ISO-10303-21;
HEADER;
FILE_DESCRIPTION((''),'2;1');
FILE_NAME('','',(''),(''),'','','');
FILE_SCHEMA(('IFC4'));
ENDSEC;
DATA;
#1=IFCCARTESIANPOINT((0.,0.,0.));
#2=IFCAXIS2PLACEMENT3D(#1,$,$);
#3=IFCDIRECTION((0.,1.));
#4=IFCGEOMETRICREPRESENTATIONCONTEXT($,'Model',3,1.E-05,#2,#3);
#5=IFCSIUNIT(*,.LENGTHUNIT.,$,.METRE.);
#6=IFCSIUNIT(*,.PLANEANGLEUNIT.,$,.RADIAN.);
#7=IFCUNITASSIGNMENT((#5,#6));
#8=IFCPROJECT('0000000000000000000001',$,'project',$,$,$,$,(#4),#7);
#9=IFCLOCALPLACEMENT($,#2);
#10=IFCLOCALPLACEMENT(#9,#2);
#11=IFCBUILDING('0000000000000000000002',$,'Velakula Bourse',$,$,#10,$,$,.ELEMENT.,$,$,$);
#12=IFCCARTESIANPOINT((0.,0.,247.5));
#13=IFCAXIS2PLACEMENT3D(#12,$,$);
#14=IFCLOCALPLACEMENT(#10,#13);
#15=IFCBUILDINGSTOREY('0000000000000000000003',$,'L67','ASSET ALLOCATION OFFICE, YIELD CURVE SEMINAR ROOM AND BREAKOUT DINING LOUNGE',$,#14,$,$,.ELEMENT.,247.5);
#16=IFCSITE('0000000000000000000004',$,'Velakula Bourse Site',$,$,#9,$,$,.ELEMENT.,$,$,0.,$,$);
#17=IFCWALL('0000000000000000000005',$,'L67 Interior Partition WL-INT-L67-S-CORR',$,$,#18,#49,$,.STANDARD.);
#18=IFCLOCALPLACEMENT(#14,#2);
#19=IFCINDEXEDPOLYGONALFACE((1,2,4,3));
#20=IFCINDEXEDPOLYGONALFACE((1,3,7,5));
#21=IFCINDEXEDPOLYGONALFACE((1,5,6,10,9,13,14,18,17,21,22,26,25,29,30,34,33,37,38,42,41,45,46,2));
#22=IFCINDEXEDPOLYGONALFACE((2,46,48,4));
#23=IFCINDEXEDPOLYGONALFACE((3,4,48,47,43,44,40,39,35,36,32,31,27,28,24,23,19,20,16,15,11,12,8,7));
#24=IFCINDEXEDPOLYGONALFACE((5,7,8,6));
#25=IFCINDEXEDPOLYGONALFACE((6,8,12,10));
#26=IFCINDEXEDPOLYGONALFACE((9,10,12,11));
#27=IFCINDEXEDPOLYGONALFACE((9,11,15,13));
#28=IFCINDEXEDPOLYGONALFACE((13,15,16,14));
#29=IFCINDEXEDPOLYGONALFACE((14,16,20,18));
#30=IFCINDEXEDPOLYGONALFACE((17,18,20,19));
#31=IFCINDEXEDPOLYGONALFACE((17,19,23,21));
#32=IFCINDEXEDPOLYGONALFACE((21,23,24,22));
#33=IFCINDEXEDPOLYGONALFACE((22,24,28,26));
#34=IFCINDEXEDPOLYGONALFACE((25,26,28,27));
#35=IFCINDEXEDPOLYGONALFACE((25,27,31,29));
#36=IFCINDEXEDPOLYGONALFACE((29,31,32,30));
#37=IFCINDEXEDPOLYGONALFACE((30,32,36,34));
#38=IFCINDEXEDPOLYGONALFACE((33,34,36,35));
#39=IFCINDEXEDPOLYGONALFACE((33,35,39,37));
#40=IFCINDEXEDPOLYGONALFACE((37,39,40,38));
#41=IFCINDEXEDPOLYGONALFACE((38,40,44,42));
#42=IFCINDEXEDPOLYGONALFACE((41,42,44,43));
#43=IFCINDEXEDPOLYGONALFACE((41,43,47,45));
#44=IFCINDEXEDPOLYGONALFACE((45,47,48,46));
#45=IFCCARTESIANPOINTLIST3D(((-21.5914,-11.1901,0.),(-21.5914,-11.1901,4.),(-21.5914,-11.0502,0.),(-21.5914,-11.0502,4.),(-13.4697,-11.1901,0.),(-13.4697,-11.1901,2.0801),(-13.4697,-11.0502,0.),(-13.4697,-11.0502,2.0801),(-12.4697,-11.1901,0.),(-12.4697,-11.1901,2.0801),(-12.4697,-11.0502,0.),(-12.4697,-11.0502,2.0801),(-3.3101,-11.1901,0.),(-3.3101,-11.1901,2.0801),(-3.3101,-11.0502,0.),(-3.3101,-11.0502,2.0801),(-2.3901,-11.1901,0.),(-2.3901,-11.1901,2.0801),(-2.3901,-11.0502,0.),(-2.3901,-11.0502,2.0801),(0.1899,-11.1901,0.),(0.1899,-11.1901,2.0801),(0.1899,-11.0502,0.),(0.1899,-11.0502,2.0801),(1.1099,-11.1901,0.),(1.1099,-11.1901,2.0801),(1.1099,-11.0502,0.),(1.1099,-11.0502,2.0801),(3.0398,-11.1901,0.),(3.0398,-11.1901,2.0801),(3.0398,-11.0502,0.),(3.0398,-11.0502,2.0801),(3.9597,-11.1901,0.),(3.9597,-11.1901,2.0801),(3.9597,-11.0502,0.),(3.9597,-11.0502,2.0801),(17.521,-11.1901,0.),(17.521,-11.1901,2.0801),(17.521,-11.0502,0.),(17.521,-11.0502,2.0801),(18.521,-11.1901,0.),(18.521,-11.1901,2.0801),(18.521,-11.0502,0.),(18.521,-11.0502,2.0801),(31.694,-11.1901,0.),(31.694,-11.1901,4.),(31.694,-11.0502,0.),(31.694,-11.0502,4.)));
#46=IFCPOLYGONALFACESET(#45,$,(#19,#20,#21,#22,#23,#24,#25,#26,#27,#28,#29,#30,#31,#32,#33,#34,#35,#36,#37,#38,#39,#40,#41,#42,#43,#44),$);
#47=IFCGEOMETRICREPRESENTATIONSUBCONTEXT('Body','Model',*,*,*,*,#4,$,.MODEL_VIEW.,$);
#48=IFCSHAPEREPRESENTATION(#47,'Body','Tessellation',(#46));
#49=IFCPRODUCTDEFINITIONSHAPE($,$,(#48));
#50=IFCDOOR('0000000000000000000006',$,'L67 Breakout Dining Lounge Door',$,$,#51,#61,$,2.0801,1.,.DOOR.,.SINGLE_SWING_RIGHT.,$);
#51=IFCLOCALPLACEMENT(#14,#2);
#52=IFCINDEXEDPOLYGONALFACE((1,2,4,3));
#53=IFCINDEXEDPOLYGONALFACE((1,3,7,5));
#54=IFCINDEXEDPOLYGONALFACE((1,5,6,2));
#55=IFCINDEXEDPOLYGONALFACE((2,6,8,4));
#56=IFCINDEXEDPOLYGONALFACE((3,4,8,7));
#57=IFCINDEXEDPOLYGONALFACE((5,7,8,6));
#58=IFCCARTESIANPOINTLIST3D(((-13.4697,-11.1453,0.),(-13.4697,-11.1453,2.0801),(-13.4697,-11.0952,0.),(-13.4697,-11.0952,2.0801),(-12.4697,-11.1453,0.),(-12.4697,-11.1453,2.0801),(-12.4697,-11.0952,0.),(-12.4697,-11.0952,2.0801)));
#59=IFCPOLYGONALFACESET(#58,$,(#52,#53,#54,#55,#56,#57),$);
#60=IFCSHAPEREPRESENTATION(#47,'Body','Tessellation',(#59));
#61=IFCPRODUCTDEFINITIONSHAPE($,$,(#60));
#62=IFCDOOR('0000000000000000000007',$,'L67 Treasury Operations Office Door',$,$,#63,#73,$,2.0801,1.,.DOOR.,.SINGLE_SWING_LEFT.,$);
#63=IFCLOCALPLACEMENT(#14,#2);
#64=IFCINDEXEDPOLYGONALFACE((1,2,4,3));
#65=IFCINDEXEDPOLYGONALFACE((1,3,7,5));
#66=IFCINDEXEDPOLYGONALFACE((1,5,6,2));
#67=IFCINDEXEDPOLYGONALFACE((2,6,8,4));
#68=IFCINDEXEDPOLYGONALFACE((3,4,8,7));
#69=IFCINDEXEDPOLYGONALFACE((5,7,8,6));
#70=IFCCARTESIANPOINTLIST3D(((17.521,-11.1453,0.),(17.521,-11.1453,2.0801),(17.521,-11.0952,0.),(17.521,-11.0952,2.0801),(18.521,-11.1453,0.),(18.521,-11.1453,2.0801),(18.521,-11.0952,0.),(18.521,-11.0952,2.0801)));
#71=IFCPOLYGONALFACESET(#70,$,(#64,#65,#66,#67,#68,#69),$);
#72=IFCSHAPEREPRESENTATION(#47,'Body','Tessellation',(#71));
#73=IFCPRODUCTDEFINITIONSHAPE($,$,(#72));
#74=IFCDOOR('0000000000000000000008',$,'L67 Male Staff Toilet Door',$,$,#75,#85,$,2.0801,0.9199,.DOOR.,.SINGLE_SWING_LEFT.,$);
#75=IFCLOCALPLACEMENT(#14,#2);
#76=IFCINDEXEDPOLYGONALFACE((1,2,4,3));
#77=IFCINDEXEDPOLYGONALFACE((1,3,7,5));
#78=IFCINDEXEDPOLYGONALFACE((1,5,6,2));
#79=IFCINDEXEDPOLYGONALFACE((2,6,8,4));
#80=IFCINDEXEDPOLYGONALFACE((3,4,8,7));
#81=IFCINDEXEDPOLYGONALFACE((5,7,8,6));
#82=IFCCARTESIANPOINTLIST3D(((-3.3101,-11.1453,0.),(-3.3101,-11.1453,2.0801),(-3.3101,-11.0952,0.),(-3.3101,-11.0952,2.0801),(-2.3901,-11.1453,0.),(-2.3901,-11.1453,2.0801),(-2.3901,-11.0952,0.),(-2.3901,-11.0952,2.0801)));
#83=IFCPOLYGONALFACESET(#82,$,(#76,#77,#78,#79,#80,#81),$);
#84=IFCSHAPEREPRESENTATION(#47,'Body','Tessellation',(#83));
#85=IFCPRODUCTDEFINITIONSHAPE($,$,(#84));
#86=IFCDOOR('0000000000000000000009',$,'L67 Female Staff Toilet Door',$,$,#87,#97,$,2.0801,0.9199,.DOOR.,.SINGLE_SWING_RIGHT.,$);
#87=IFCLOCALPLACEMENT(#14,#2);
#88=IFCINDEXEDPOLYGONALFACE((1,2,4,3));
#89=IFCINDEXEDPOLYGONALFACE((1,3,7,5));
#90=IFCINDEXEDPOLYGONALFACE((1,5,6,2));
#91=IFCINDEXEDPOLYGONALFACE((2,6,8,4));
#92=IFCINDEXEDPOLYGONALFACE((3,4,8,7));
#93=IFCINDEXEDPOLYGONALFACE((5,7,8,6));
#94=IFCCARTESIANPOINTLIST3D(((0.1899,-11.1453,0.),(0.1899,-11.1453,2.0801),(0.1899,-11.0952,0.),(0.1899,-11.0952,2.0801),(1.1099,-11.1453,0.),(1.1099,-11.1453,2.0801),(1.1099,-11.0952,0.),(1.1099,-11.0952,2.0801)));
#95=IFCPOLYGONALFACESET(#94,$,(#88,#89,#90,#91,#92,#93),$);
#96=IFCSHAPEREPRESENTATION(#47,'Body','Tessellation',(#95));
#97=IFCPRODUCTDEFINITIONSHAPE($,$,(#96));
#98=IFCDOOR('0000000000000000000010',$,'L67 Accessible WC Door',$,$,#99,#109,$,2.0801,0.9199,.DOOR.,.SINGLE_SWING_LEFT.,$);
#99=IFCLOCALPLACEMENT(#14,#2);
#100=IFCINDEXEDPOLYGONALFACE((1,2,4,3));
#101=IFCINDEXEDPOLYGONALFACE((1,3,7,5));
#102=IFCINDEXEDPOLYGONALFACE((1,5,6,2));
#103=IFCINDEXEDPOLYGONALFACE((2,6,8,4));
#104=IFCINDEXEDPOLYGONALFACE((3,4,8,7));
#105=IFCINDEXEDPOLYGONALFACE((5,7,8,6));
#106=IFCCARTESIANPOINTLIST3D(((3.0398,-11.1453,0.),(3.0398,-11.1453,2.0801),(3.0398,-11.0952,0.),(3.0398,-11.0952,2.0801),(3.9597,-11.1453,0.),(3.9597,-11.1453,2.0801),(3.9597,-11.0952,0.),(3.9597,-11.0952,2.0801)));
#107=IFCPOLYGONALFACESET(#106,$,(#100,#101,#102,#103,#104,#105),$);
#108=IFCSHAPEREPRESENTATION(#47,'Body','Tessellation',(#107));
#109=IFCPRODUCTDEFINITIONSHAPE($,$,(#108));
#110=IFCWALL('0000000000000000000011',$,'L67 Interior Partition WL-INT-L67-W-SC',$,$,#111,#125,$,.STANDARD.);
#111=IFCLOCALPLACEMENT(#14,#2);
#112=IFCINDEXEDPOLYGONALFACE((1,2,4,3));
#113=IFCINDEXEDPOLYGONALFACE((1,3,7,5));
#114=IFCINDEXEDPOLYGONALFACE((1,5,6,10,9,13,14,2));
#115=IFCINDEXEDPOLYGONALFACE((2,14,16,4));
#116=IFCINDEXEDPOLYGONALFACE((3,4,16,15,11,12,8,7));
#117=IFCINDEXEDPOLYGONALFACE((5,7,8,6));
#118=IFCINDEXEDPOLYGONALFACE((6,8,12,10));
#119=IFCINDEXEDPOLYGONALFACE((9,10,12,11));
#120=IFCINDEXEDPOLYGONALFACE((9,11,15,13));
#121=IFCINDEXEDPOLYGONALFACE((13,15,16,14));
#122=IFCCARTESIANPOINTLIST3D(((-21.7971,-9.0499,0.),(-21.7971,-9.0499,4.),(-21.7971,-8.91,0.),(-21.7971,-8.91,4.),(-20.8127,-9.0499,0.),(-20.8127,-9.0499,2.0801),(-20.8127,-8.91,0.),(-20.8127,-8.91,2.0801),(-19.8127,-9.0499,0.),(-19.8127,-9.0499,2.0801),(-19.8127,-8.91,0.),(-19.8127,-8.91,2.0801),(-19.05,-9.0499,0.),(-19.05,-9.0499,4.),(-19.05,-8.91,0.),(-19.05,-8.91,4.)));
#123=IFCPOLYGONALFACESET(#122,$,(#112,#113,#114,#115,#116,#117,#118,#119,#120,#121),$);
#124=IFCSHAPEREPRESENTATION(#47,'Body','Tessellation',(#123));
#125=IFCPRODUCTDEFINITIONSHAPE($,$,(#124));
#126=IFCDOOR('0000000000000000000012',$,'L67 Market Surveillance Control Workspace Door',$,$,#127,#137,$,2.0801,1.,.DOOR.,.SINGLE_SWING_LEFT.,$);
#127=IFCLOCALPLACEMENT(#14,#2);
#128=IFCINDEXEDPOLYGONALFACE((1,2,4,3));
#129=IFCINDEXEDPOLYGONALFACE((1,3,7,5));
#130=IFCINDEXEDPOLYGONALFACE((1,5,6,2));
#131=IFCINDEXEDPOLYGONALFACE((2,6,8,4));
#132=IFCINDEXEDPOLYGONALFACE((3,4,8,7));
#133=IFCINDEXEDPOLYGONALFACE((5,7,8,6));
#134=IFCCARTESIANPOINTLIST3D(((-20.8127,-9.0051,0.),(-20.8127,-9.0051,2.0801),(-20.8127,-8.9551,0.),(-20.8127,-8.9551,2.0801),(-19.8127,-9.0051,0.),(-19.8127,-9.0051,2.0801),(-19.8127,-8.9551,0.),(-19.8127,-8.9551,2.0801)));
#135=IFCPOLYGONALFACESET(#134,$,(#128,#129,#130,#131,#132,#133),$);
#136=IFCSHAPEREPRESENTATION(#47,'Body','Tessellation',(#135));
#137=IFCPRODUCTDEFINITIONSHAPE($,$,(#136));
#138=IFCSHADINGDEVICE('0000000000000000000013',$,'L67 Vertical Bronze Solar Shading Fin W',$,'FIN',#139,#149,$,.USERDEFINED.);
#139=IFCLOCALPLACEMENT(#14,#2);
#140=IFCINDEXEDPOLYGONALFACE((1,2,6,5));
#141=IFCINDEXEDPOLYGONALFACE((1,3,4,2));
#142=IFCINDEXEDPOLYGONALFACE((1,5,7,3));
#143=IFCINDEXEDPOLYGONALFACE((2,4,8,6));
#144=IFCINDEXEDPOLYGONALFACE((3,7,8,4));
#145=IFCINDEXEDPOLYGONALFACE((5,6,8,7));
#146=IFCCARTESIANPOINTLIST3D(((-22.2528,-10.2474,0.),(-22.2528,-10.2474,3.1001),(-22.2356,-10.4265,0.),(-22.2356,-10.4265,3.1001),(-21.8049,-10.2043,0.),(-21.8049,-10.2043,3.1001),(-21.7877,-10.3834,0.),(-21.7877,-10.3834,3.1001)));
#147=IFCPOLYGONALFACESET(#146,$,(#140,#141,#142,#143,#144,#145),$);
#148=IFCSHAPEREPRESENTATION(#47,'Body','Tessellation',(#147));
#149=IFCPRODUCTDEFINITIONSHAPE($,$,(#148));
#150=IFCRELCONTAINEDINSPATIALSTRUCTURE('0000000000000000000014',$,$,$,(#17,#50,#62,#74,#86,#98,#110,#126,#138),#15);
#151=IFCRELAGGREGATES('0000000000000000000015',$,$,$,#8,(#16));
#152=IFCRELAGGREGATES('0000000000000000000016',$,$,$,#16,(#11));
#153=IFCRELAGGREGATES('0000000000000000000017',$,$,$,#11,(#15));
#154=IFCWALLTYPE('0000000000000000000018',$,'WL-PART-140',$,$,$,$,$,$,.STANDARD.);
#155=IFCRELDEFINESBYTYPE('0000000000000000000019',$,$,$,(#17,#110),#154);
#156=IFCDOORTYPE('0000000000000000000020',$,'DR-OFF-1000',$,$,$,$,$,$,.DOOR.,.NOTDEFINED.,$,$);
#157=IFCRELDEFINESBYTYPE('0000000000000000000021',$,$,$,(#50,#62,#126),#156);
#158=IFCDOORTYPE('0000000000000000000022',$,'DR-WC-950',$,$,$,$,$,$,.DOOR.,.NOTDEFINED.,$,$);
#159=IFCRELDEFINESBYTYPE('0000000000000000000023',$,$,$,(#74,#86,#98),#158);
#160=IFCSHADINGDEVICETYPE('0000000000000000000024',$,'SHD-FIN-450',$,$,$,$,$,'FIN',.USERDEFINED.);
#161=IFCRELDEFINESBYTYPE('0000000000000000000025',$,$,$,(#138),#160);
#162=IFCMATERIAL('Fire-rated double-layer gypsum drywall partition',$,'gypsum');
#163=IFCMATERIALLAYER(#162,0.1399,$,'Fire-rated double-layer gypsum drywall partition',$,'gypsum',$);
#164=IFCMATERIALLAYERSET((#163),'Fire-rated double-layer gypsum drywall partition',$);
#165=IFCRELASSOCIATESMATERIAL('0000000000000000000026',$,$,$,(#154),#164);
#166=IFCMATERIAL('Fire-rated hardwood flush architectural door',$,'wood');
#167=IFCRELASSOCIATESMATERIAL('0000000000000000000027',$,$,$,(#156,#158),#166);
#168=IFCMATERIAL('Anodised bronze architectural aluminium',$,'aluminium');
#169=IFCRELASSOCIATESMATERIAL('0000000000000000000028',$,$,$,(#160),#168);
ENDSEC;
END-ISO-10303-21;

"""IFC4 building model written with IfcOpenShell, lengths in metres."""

from ifc_helpers import new_model, si_unit, direction, frame, frame_2d, origin, origin_2d, place, context, subcontext, project, spatial, rectangle, extrude, material, layer, layer_set, type_object, element, fill, save


model = new_model("IFC4")

# Units and contexts
model_context = context("Model", 3, precision=1e-05, world=origin(), true_north=direction((0.0, 1.0)))
body_context = subcontext(model_context, "Body", "Model", "MODEL_VIEW")
ifc_project = project(units=[si_unit("LENGTHUNIT", "METRE"), si_unit("PLANEANGLEUNIT", "RADIAN")], contexts=[model_context])

# Site, building, storey
site_placement = place(None, origin())
site = spatial("IfcSite", under=ifc_project, at=site_placement, Name="Velakula Bourse Site", CompositionType="ELEMENT", RefElevation=0.0)
building_placement = place(site_placement, origin())
building = spatial("IfcBuilding", under=site, at=building_placement, Name="Velakula Bourse", CompositionType="ELEMENT")
storey_placement = place(building_placement, frame((0.0, 0.0, 247.5)))
storey = spatial("IfcBuildingStorey", under=building, at=storey_placement, Name="L67", Description="ASSET ALLOCATION OFFICE, YIELD CURVE SEMINAR ROOM AND BREAKOUT DINING LOUNGE", CompositionType="ELEMENT", Elevation=247.5)

# Shared definitions
ifc_material_1 = material(Name="Anodised bronze architectural aluminium", Category="aluminium")

# Shared definitions
ifc_material_2 = material(Name="Fire-rated double-layer gypsum drywall partition", Category="gypsum")

# Wall, openings, doors
ifc_layer_1 = layer(ifc_material_2, 0.1399, Name="Fire-rated double-layer gypsum drywall partition", Category="gypsum")
ifc_layer_set_1 = layer_set([ifc_layer_1], Name="Fire-rated double-layer gypsum drywall partition")
wall_type_1 = type_object("IfcWallType", Name="WL-PART-140", PredefinedType="STANDARD", material=ifc_layer_set_1)
wall_1_placement = place(storey_placement, frame((-21.5913, -11.1201, 0.0), z_axis=(0.0, 0.0, 1.0), x_axis=(1.0, 0.0, 0.0)))
wall_1 = element("IfcWall", 1, at=wall_1_placement, inside=storey, type_object=wall_type_1, Name="L67 Interior Partition WL-INT-L67-S-CORR", PredefinedType="STANDARD", context=body_context, shape_type="SweptSolid", body=[
    extrude(rectangle(XDim=53.2854, YDim=0.1399, at=frame_2d((26.6426, 0.0))), origin(), (0.0, 0.0, 1.0), 4.0),
])
opening_1_placement = place(wall_1_placement, frame((18.2812, 0.0, 0.0)))
opening_1 = element("IfcOpeningElement", 2, at=opening_1_placement, cuts=wall_1, PredefinedType="OPENING", context=body_context, shape_type="SweptSolid", body=[
    extrude(rectangle(XDim=0.9199, YDim=2.0801, at=frame_2d((0.46, 1.04))), frame((0.0, 0.0798, 0.0), z_axis=(0.0, -1.0, 0.0), x_axis=(1.0, 0.0, 0.0)), (0.0, 0.0, 1.0), 0.1599),
])
opening_2_placement = place(wall_1_placement, frame((21.7812, 0.0, 0.0)))
opening_2 = element("IfcOpeningElement", 3, at=opening_2_placement, cuts=wall_1, PredefinedType="OPENING", context=body_context, shape_type="SweptSolid", body=[
    extrude(rectangle(XDim=0.9199, YDim=2.0801, at=frame_2d((0.46, 1.04))), frame((0.0, 0.0798, 0.0), z_axis=(0.0, -1.0, 0.0), x_axis=(1.0, 0.0, 0.0)), (0.0, 0.0, 1.0), 0.1599),
])
opening_3_placement = place(wall_1_placement, frame((24.6311, 0.0, 0.0)))
opening_3 = element("IfcOpeningElement", 4, at=opening_3_placement, cuts=wall_1, PredefinedType="OPENING", context=body_context, shape_type="SweptSolid", body=[
    extrude(rectangle(XDim=0.9199, YDim=2.0801, at=frame_2d((0.46, 1.04))), frame((0.0, 0.0798, 0.0), z_axis=(0.0, -1.0, 0.0), x_axis=(1.0, 0.0, 0.0)), (0.0, 0.0, 1.0), 0.1599),
])
opening_4_placement = place(wall_1_placement, frame((8.1216, 0.0, 0.0)))
opening_4 = element("IfcOpeningElement", 5, at=opening_4_placement, cuts=wall_1, PredefinedType="OPENING", context=body_context, shape_type="SweptSolid", body=[
    extrude(rectangle(XDim=1.0, YDim=2.0801, at=frame_2d((0.5, 1.04))), frame((0.0, 0.0798, 0.0), z_axis=(0.0, -1.0, 0.0), x_axis=(1.0, 0.0, 0.0)), (0.0, 0.0, 1.0), 0.1599),
])
opening_5_placement = place(wall_1_placement, frame((39.1123, 0.0, 0.0)))
opening_5 = element("IfcOpeningElement", 6, at=opening_5_placement, cuts=wall_1, PredefinedType="OPENING", context=body_context, shape_type="SweptSolid", body=[
    extrude(rectangle(XDim=1.0, YDim=2.0801, at=frame_2d((0.5, 1.04))), frame((0.0, 0.0798, 0.0), z_axis=(0.0, -1.0, 0.0), x_axis=(1.0, 0.0, 0.0)), (0.0, 0.0, 1.0), 0.1599),
])
ifc_material_3 = material(Name="Fire-rated hardwood flush architectural door", Category="wood")
door_type_1 = type_object("IfcDoorType", Name="DR-OFF-1000", OperationType="NOTDEFINED", PredefinedType="DOOR", material=ifc_material_3)
door_1_placement = place(opening_4_placement, origin())
door_1 = element("IfcDoor", 7, at=door_1_placement, inside=storey, type_object=door_type_1, Name="L67 Breakout Dining Lounge Door", OperationType="SINGLE_SWING_RIGHT", OverallHeight=2.0801, OverallWidth=1.0, PredefinedType="DOOR", context=body_context, shape_type="SweptSolid", body=[
    extrude(rectangle(XDim=1.0, YDim=2.0801, at=frame_2d((0.5, 1.04))), frame((0.0, 0.0249, 0.0), z_axis=(0.0, -1.0, 0.0), x_axis=(1.0, 0.0, 0.0)), (0.0, 0.0, 1.0), 0.05),
])
fill(opening_4, door_1)
door_2_placement = place(opening_5_placement, origin())
door_2 = element("IfcDoor", 8, at=door_2_placement, inside=storey, type_object=door_type_1, Name="L67 Treasury Operations Office Door", OperationType="SINGLE_SWING_LEFT", OverallHeight=2.0801, OverallWidth=1.0, PredefinedType="DOOR", context=body_context, shape_type="SweptSolid", body=[
    extrude(rectangle(XDim=1.0, YDim=2.0801, at=frame_2d((0.5, 1.04))), frame((0.0, 0.0249, 0.0), z_axis=(0.0, -1.0, 0.0), x_axis=(1.0, 0.0, 0.0)), (0.0, 0.0, 1.0), 0.05),
])
fill(opening_5, door_2)
door_type_2 = type_object("IfcDoorType", Name="DR-WC-950", OperationType="NOTDEFINED", PredefinedType="DOOR", material=ifc_material_3)
door_3_placement = place(opening_1_placement, origin())
door_3 = element("IfcDoor", 9, at=door_3_placement, inside=storey, type_object=door_type_2, Name="L67 Male Staff Toilet Door", OperationType="SINGLE_SWING_LEFT", OverallHeight=2.0801, OverallWidth=0.9199, PredefinedType="DOOR", context=body_context, shape_type="SweptSolid", body=[
    extrude(rectangle(XDim=0.9199, YDim=2.0801, at=frame_2d((0.46, 1.04))), frame((0.0, 0.0249, 0.0), z_axis=(0.0, -1.0, 0.0), x_axis=(1.0, 0.0, 0.0)), (0.0, 0.0, 1.0), 0.05),
])
fill(opening_1, door_3)
door_4_placement = place(opening_2_placement, origin())
door_4 = element("IfcDoor", 10, at=door_4_placement, inside=storey, type_object=door_type_2, Name="L67 Female Staff Toilet Door", OperationType="SINGLE_SWING_RIGHT", OverallHeight=2.0801, OverallWidth=0.9199, PredefinedType="DOOR", context=body_context, shape_type="SweptSolid", body=[
    extrude(rectangle(XDim=0.9199, YDim=2.0801, at=frame_2d((0.46, 1.04))), frame((0.0, 0.0249, 0.0), z_axis=(0.0, -1.0, 0.0), x_axis=(1.0, 0.0, 0.0)), (0.0, 0.0, 1.0), 0.05),
])
fill(opening_2, door_4)
door_5_placement = place(opening_3_placement, origin())
door_5 = element("IfcDoor", 11, at=door_5_placement, inside=storey, type_object=door_type_2, Name="L67 Accessible WC Door", OperationType="SINGLE_SWING_LEFT", OverallHeight=2.0801, OverallWidth=0.9199, PredefinedType="DOOR", context=body_context, shape_type="SweptSolid", body=[
    extrude(rectangle(XDim=0.9199, YDim=2.0801, at=frame_2d((0.46, 1.04))), frame((0.0, 0.0249, 0.0), z_axis=(0.0, -1.0, 0.0), x_axis=(1.0, 0.0, 0.0)), (0.0, 0.0, 1.0), 0.05),
])
fill(opening_3, door_5)

# Wall, opening, door
wall_2_placement = place(storey_placement, frame((-21.7971, -8.98, 0.0), z_axis=(0.0, 0.0, 1.0), x_axis=(1.0, 0.0, 0.0)))
wall_2 = element("IfcWall", 12, at=wall_2_placement, inside=storey, type_object=wall_type_1, Name="L67 Interior Partition WL-INT-L67-W-SC", PredefinedType="STANDARD", context=body_context, shape_type="SweptSolid", body=[
    extrude(rectangle(XDim=2.7471, YDim=0.1399, at=frame_2d((1.3735, 0.0))), origin(), (0.0, 0.0, 1.0), 4.0),
])
opening_6_placement = place(wall_2_placement, frame((0.9844, 0.0, 0.0)))
opening_6 = element("IfcOpeningElement", 13, at=opening_6_placement, cuts=wall_2, PredefinedType="OPENING", context=body_context, shape_type="SweptSolid", body=[
    extrude(rectangle(XDim=1.0, YDim=2.0801, at=frame_2d((0.5, 1.04))), frame((0.0, 0.0798, 0.0), z_axis=(0.0, -1.0, 0.0), x_axis=(1.0, 0.0, 0.0)), (0.0, 0.0, 1.0), 0.1599),
])
door_6_placement = place(opening_6_placement, origin())
door_6 = element("IfcDoor", 14, at=door_6_placement, inside=storey, type_object=door_type_1, Name="L67 Market Surveillance Control Workspace Door", OperationType="SINGLE_SWING_LEFT", OverallHeight=2.0801, OverallWidth=1.0, PredefinedType="DOOR", context=body_context, shape_type="SweptSolid", body=[
    extrude(rectangle(XDim=1.0, YDim=2.0801, at=frame_2d((0.5, 1.04))), frame((0.0, 0.0249, 0.0), z_axis=(0.0, -1.0, 0.0), x_axis=(1.0, 0.0, 0.0)), (0.0, 0.0, 1.0), 0.05),
])
fill(opening_6, door_6)

# Shading device
shading_device_type = type_object("IfcShadingDeviceType", Name="SHD-FIN-450", ElementType="FIN", PredefinedType="USERDEFINED", material=ifc_material_1)
shading_device_placement = place(storey_placement, frame((-22.0203, -10.3154, 0.0), z_axis=(0.0, 0.0, 1.0), x_axis=(0.995396, 0.095846, 0.0)))
element("IfcShadingDevice", 15, at=shading_device_placement, inside=storey, type_object=shading_device_type, Name="L67 Vertical Bronze Solar Shading Fin W", ObjectType="FIN", PredefinedType="USERDEFINED", context=body_context, shape_type="SweptSolid", body=[
    extrude(rectangle(XDim=0.45, YDim=0.1799, at=origin_2d()), origin(), (0.0, 0.0, 1.0), 3.1001),
])

save(model, "model.ifc")
